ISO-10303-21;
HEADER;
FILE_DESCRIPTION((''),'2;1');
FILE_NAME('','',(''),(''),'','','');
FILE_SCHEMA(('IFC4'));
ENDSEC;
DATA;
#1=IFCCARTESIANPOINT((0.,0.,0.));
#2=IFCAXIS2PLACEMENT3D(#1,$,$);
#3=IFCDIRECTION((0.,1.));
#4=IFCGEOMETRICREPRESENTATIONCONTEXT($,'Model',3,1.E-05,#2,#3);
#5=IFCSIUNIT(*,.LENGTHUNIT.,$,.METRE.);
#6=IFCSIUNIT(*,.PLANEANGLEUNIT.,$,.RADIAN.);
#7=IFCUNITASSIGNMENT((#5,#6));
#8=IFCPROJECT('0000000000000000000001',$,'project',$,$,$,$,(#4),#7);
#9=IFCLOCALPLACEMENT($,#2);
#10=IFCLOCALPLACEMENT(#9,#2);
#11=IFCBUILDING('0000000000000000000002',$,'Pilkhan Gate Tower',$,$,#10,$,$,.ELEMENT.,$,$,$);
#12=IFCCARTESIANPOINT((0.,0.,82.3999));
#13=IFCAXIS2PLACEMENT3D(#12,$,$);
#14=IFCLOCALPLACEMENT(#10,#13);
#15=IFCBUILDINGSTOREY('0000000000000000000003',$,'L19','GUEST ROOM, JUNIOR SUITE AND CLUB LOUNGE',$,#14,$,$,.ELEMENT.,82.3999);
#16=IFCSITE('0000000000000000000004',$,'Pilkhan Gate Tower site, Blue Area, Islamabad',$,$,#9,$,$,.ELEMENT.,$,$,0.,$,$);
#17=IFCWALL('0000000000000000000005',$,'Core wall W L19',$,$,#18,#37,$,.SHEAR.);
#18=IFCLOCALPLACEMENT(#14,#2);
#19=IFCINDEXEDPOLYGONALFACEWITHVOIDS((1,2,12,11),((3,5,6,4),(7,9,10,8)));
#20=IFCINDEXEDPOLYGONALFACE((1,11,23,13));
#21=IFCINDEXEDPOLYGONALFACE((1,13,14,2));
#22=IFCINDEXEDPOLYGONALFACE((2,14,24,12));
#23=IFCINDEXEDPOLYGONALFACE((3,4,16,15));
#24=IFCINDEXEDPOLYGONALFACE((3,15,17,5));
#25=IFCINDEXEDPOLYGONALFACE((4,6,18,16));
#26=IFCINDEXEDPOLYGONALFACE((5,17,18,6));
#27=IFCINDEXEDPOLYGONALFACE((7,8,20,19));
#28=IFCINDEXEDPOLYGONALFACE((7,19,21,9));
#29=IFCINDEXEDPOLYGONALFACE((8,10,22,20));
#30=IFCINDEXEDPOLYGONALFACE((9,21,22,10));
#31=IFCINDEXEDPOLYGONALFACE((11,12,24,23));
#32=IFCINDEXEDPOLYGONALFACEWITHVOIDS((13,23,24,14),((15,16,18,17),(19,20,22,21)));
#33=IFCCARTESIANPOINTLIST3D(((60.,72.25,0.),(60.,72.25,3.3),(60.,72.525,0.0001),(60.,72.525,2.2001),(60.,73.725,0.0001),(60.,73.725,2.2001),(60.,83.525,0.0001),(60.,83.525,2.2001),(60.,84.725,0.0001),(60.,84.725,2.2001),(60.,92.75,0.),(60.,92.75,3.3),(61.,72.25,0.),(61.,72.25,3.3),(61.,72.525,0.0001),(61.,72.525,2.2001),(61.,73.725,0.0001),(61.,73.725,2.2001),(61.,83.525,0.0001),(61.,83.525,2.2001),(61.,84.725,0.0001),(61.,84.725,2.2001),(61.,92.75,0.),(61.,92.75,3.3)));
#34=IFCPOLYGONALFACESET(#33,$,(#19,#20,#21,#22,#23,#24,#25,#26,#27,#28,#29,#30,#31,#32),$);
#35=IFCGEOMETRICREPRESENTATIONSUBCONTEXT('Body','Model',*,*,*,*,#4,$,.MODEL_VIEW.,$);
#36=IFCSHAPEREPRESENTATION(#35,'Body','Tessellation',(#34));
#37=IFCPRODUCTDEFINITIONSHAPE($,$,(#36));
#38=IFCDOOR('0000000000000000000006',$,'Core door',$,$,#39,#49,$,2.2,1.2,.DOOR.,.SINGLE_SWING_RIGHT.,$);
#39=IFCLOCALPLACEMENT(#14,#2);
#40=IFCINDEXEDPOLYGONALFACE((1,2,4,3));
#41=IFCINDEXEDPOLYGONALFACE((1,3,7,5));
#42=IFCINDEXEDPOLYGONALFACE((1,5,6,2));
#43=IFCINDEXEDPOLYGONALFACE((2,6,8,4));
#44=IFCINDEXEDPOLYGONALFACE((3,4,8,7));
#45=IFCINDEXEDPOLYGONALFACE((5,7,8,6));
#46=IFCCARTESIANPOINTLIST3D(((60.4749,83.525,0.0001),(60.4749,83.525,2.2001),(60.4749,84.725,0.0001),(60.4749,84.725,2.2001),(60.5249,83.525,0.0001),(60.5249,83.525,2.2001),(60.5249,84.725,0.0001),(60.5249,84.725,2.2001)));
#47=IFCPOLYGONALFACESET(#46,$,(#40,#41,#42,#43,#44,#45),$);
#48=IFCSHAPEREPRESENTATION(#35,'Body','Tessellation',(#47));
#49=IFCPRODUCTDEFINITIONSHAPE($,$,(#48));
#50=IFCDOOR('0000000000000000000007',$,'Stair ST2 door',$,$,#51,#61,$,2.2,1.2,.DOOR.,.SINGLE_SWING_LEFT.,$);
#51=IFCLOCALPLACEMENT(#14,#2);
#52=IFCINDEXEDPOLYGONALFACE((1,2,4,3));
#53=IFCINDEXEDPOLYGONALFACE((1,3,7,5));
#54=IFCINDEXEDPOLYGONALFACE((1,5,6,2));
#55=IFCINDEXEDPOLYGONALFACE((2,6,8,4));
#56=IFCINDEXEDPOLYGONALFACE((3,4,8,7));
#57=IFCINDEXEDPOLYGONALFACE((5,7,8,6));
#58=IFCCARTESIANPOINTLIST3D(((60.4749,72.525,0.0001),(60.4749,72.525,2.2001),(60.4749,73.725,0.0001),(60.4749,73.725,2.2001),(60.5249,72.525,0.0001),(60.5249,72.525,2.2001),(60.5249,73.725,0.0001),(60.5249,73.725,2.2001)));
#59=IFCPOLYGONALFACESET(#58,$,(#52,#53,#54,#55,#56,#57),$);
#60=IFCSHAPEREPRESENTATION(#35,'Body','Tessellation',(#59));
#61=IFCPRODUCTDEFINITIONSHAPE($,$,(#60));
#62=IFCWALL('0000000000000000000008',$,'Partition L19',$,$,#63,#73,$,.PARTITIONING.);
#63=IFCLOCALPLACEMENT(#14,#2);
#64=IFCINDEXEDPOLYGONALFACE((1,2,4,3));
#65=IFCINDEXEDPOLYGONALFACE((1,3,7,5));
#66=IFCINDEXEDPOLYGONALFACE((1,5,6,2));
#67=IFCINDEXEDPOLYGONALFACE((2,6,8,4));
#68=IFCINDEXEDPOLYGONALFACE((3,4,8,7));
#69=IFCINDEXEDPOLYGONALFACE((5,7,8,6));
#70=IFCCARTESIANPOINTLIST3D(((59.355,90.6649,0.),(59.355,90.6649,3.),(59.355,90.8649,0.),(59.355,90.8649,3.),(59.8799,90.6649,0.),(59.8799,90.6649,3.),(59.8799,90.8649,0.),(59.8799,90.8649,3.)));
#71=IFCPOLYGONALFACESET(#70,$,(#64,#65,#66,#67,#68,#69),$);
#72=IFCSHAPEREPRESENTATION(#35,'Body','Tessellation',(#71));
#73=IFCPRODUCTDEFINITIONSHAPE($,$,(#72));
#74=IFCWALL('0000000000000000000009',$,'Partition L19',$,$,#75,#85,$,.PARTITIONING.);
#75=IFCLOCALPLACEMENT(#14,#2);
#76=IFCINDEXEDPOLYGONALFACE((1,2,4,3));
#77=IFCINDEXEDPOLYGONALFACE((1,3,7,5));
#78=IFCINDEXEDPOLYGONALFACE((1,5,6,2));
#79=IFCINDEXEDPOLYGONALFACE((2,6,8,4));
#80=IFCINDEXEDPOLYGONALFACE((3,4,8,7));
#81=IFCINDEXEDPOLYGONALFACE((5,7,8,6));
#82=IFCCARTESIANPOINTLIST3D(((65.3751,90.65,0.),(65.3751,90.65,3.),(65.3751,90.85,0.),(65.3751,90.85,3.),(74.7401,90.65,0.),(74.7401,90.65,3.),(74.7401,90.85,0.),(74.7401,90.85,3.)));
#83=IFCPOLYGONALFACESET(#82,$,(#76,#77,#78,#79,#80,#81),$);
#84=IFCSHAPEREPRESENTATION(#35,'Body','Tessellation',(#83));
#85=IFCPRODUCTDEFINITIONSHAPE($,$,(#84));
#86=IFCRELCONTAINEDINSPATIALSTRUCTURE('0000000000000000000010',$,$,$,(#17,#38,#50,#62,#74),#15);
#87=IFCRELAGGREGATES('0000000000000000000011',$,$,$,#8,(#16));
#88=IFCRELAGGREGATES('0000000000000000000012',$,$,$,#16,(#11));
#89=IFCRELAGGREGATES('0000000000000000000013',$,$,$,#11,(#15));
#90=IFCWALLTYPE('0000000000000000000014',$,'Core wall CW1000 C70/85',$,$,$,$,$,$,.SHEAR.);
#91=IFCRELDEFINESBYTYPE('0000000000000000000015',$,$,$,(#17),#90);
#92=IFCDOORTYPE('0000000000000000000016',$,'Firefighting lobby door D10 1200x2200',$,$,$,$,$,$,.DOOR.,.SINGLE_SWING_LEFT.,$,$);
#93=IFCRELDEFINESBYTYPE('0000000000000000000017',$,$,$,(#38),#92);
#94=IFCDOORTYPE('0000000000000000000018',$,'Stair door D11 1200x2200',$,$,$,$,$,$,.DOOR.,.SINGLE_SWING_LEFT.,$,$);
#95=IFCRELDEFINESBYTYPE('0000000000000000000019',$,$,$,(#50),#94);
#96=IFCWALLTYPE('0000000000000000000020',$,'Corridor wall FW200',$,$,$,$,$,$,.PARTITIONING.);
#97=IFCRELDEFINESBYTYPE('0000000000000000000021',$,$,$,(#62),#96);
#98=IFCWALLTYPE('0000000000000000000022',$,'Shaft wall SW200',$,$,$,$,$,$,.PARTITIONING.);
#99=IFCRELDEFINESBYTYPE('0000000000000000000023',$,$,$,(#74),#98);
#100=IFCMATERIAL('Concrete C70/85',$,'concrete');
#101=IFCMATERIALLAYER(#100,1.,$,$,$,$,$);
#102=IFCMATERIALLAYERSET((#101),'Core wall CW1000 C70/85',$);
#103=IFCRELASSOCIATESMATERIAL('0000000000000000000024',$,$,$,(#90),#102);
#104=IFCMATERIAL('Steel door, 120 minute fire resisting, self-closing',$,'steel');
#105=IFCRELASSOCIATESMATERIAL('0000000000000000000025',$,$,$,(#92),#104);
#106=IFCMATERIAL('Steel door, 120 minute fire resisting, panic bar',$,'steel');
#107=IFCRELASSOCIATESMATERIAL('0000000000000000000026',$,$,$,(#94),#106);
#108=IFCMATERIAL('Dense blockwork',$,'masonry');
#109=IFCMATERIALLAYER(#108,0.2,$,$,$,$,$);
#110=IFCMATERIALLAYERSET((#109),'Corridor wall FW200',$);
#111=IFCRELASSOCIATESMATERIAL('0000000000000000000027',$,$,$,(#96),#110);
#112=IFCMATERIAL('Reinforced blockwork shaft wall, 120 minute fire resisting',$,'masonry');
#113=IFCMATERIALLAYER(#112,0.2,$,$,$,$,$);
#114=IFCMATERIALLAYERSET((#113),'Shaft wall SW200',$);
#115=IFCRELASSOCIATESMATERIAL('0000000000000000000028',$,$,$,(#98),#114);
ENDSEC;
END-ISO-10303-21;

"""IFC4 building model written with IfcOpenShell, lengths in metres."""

from ifc_helpers import new_model, si_unit, direction, frame, frame_2d, origin, place, context, subcontext, project, spatial, rectangle, extrude, material, layer, layer_set, type_object, element, fill, save


model = new_model("IFC4")

# Units and contexts
model_context = context("Model", 3, precision=1e-05, world=origin(), true_north=direction((0.0, 1.0)))
body_context = subcontext(model_context, "Body", "Model", "MODEL_VIEW")
ifc_project = project(units=[si_unit("LENGTHUNIT", "METRE"), si_unit("PLANEANGLEUNIT", "RADIAN")], contexts=[model_context])

# Site, building, storey
site_placement = place(None, origin())
site = spatial("IfcSite", under=ifc_project, at=site_placement, Name="Pilkhan Gate Tower site, Blue Area, Islamabad", CompositionType="ELEMENT", RefElevation=0.0)
building_placement = place(site_placement, origin())
building = spatial("IfcBuilding", under=site, at=building_placement, Name="Pilkhan Gate Tower", CompositionType="ELEMENT")
storey_placement = place(building_placement, frame((0.0, 0.0, 82.3999)))
storey = spatial("IfcBuildingStorey", under=building, at=storey_placement, Name="L19", Description="GUEST ROOM, JUNIOR SUITE AND CLUB LOUNGE", CompositionType="ELEMENT", Elevation=82.3999)

# Wall, openings, doors
ifc_material_1 = material(Name="Concrete C70/85", Category="concrete")
ifc_layer_1 = layer(ifc_material_1, 1.0)
ifc_layer_set_1 = layer_set([ifc_layer_1], Name="Core wall CW1000 C70/85")
wall_type_1 = type_object("IfcWallType", Name="Core wall CW1000 C70/85", PredefinedType="SHEAR", material=ifc_layer_set_1)
wall_1_placement = place(storey_placement, frame((60.5, 92.75, 0.0), z_axis=(0.0, 0.0, 1.0), x_axis=(0.0, -1.0, 0.0)))
wall_1 = element("IfcWall", 1, at=wall_1_placement, inside=storey, type_object=wall_type_1, Name="Core wall W L19", PredefinedType="SHEAR", context=body_context, shape_type="SweptSolid", body=[
    extrude(rectangle(XDim=20.5, YDim=1.0, at=frame_2d((10.25, 0.0))), origin(), (0.0, 0.0, 1.0), 3.3),
])
opening_1_placement = place(wall_1_placement, frame((19.0249, 0.0, 0.0)))
opening_1 = element("IfcOpeningElement", 2, at=opening_1_placement, cuts=wall_1, PredefinedType="OPENING", context=body_context, shape_type="SweptSolid", body=[
    extrude(rectangle(XDim=1.2, YDim=2.2, at=frame_2d((0.6001, 1.1001))), frame((0.0, 0.51, 0.0), z_axis=(0.0, -1.0, 0.0), x_axis=(1.0, 0.0, 0.0)), (0.0, 0.0, 1.0), 1.02),
])
opening_2_placement = place(wall_1_placement, frame((8.0249, 0.0, 0.0)))
opening_2 = element("IfcOpeningElement", 3, at=opening_2_placement, cuts=wall_1, PredefinedType="OPENING", context=body_context, shape_type="SweptSolid", body=[
    extrude(rectangle(XDim=1.2, YDim=2.2, at=frame_2d((0.6001, 1.1001))), frame((0.0, 0.51, 0.0), z_axis=(0.0, -1.0, 0.0), x_axis=(1.0, 0.0, 0.0)), (0.0, 0.0, 1.0), 1.02),
])
ifc_material_2 = material(Name="Steel door, 120 minute fire resisting, self-closing", Category="steel")
door_type_1 = type_object("IfcDoorType", Name="Firefighting lobby door D10 1200x2200", OperationType="SINGLE_SWING_LEFT", PredefinedType="DOOR", material=ifc_material_2)
door_1_placement = place(opening_2_placement, origin())
door_1 = element("IfcDoor", 4, at=door_1_placement, inside=storey, type_object=door_type_1, Name="Core door", OperationType="SINGLE_SWING_RIGHT", OverallHeight=2.2, OverallWidth=1.2, PredefinedType="DOOR", context=body_context, shape_type="SweptSolid", body=[
    extrude(rectangle(XDim=1.2, YDim=2.2, at=frame_2d((0.6001, 1.1001))), frame((0.0, 0.0249, 0.0), z_axis=(0.0, -1.0, 0.0), x_axis=(1.0, 0.0, 0.0)), (0.0, 0.0, 1.0), 0.05),
])
fill(opening_2, door_1)
ifc_material_3 = material(Name="Steel door, 120 minute fire resisting, panic bar", Category="steel")
door_type_2 = type_object("IfcDoorType", Name="Stair door D11 1200x2200", OperationType="SINGLE_SWING_LEFT", PredefinedType="DOOR", material=ifc_material_3)
door_2_placement = place(opening_1_placement, origin())
door_2 = element("IfcDoor", 5, at=door_2_placement, inside=storey, type_object=door_type_2, Name="Stair ST2 door", OperationType="SINGLE_SWING_LEFT", OverallHeight=2.2, OverallWidth=1.2, PredefinedType="DOOR", context=body_context, shape_type="SweptSolid", body=[
    extrude(rectangle(XDim=1.2, YDim=2.2, at=frame_2d((0.6001, 1.1001))), frame((0.0, 0.0249, 0.0), z_axis=(0.0, -1.0, 0.0), x_axis=(1.0, 0.0, 0.0)), (0.0, 0.0, 1.0), 0.05),
])
fill(opening_1, door_2)

# Wall
ifc_material_4 = material(Name="Dense blockwork", Category="masonry")
ifc_layer_2 = layer(ifc_material_4, 0.2)
ifc_layer_set_2 = layer_set([ifc_layer_2], Name="Corridor wall FW200")
wall_type_2 = type_object("IfcWallType", Name="Corridor wall FW200", PredefinedType="PARTITIONING", material=ifc_layer_set_2)
wall_2_placement = place(storey_placement, frame((59.355, 90.7649, 0.0), z_axis=(0.0, 0.0, 1.0), x_axis=(1.0, 0.0, 0.0)))
element("IfcWall", 6, at=wall_2_placement, inside=storey, type_object=wall_type_2, Name="Partition L19", PredefinedType="PARTITIONING", context=body_context, shape_type="SweptSolid", body=[
    extrude(rectangle(XDim=0.5249, YDim=0.2, at=frame_2d((0.2625, 0.0))), origin(), (0.0, 0.0, 1.0), 3.0),
])

# Wall
ifc_material_5 = material(Name="Reinforced blockwork shaft wall, 120 minute fire resisting", Category="masonry")
ifc_layer_3 = layer(ifc_material_5, 0.2)
ifc_layer_set_3 = layer_set([ifc_layer_3], Name="Shaft wall SW200")
wall_type_3 = type_object("IfcWallType", Name="Shaft wall SW200", PredefinedType="PARTITIONING", material=ifc_layer_set_3)
wall_3_placement = place(storey_placement, frame((65.375, 90.75, 0.0), z_axis=(0.0, 0.0, 1.0), x_axis=(1.0, 0.0, 0.0)))
element("IfcWall", 7, at=wall_3_placement, inside=storey, type_object=wall_type_3, Name="Partition L19", PredefinedType="PARTITIONING", context=body_context, shape_type="SweptSolid", body=[
    extrude(rectangle(XDim=9.365, YDim=0.2, at=frame_2d((4.6826, 0.0))), origin(), (0.0, 0.0, 1.0), 3.0),
])

save(model, "model.ifc")
